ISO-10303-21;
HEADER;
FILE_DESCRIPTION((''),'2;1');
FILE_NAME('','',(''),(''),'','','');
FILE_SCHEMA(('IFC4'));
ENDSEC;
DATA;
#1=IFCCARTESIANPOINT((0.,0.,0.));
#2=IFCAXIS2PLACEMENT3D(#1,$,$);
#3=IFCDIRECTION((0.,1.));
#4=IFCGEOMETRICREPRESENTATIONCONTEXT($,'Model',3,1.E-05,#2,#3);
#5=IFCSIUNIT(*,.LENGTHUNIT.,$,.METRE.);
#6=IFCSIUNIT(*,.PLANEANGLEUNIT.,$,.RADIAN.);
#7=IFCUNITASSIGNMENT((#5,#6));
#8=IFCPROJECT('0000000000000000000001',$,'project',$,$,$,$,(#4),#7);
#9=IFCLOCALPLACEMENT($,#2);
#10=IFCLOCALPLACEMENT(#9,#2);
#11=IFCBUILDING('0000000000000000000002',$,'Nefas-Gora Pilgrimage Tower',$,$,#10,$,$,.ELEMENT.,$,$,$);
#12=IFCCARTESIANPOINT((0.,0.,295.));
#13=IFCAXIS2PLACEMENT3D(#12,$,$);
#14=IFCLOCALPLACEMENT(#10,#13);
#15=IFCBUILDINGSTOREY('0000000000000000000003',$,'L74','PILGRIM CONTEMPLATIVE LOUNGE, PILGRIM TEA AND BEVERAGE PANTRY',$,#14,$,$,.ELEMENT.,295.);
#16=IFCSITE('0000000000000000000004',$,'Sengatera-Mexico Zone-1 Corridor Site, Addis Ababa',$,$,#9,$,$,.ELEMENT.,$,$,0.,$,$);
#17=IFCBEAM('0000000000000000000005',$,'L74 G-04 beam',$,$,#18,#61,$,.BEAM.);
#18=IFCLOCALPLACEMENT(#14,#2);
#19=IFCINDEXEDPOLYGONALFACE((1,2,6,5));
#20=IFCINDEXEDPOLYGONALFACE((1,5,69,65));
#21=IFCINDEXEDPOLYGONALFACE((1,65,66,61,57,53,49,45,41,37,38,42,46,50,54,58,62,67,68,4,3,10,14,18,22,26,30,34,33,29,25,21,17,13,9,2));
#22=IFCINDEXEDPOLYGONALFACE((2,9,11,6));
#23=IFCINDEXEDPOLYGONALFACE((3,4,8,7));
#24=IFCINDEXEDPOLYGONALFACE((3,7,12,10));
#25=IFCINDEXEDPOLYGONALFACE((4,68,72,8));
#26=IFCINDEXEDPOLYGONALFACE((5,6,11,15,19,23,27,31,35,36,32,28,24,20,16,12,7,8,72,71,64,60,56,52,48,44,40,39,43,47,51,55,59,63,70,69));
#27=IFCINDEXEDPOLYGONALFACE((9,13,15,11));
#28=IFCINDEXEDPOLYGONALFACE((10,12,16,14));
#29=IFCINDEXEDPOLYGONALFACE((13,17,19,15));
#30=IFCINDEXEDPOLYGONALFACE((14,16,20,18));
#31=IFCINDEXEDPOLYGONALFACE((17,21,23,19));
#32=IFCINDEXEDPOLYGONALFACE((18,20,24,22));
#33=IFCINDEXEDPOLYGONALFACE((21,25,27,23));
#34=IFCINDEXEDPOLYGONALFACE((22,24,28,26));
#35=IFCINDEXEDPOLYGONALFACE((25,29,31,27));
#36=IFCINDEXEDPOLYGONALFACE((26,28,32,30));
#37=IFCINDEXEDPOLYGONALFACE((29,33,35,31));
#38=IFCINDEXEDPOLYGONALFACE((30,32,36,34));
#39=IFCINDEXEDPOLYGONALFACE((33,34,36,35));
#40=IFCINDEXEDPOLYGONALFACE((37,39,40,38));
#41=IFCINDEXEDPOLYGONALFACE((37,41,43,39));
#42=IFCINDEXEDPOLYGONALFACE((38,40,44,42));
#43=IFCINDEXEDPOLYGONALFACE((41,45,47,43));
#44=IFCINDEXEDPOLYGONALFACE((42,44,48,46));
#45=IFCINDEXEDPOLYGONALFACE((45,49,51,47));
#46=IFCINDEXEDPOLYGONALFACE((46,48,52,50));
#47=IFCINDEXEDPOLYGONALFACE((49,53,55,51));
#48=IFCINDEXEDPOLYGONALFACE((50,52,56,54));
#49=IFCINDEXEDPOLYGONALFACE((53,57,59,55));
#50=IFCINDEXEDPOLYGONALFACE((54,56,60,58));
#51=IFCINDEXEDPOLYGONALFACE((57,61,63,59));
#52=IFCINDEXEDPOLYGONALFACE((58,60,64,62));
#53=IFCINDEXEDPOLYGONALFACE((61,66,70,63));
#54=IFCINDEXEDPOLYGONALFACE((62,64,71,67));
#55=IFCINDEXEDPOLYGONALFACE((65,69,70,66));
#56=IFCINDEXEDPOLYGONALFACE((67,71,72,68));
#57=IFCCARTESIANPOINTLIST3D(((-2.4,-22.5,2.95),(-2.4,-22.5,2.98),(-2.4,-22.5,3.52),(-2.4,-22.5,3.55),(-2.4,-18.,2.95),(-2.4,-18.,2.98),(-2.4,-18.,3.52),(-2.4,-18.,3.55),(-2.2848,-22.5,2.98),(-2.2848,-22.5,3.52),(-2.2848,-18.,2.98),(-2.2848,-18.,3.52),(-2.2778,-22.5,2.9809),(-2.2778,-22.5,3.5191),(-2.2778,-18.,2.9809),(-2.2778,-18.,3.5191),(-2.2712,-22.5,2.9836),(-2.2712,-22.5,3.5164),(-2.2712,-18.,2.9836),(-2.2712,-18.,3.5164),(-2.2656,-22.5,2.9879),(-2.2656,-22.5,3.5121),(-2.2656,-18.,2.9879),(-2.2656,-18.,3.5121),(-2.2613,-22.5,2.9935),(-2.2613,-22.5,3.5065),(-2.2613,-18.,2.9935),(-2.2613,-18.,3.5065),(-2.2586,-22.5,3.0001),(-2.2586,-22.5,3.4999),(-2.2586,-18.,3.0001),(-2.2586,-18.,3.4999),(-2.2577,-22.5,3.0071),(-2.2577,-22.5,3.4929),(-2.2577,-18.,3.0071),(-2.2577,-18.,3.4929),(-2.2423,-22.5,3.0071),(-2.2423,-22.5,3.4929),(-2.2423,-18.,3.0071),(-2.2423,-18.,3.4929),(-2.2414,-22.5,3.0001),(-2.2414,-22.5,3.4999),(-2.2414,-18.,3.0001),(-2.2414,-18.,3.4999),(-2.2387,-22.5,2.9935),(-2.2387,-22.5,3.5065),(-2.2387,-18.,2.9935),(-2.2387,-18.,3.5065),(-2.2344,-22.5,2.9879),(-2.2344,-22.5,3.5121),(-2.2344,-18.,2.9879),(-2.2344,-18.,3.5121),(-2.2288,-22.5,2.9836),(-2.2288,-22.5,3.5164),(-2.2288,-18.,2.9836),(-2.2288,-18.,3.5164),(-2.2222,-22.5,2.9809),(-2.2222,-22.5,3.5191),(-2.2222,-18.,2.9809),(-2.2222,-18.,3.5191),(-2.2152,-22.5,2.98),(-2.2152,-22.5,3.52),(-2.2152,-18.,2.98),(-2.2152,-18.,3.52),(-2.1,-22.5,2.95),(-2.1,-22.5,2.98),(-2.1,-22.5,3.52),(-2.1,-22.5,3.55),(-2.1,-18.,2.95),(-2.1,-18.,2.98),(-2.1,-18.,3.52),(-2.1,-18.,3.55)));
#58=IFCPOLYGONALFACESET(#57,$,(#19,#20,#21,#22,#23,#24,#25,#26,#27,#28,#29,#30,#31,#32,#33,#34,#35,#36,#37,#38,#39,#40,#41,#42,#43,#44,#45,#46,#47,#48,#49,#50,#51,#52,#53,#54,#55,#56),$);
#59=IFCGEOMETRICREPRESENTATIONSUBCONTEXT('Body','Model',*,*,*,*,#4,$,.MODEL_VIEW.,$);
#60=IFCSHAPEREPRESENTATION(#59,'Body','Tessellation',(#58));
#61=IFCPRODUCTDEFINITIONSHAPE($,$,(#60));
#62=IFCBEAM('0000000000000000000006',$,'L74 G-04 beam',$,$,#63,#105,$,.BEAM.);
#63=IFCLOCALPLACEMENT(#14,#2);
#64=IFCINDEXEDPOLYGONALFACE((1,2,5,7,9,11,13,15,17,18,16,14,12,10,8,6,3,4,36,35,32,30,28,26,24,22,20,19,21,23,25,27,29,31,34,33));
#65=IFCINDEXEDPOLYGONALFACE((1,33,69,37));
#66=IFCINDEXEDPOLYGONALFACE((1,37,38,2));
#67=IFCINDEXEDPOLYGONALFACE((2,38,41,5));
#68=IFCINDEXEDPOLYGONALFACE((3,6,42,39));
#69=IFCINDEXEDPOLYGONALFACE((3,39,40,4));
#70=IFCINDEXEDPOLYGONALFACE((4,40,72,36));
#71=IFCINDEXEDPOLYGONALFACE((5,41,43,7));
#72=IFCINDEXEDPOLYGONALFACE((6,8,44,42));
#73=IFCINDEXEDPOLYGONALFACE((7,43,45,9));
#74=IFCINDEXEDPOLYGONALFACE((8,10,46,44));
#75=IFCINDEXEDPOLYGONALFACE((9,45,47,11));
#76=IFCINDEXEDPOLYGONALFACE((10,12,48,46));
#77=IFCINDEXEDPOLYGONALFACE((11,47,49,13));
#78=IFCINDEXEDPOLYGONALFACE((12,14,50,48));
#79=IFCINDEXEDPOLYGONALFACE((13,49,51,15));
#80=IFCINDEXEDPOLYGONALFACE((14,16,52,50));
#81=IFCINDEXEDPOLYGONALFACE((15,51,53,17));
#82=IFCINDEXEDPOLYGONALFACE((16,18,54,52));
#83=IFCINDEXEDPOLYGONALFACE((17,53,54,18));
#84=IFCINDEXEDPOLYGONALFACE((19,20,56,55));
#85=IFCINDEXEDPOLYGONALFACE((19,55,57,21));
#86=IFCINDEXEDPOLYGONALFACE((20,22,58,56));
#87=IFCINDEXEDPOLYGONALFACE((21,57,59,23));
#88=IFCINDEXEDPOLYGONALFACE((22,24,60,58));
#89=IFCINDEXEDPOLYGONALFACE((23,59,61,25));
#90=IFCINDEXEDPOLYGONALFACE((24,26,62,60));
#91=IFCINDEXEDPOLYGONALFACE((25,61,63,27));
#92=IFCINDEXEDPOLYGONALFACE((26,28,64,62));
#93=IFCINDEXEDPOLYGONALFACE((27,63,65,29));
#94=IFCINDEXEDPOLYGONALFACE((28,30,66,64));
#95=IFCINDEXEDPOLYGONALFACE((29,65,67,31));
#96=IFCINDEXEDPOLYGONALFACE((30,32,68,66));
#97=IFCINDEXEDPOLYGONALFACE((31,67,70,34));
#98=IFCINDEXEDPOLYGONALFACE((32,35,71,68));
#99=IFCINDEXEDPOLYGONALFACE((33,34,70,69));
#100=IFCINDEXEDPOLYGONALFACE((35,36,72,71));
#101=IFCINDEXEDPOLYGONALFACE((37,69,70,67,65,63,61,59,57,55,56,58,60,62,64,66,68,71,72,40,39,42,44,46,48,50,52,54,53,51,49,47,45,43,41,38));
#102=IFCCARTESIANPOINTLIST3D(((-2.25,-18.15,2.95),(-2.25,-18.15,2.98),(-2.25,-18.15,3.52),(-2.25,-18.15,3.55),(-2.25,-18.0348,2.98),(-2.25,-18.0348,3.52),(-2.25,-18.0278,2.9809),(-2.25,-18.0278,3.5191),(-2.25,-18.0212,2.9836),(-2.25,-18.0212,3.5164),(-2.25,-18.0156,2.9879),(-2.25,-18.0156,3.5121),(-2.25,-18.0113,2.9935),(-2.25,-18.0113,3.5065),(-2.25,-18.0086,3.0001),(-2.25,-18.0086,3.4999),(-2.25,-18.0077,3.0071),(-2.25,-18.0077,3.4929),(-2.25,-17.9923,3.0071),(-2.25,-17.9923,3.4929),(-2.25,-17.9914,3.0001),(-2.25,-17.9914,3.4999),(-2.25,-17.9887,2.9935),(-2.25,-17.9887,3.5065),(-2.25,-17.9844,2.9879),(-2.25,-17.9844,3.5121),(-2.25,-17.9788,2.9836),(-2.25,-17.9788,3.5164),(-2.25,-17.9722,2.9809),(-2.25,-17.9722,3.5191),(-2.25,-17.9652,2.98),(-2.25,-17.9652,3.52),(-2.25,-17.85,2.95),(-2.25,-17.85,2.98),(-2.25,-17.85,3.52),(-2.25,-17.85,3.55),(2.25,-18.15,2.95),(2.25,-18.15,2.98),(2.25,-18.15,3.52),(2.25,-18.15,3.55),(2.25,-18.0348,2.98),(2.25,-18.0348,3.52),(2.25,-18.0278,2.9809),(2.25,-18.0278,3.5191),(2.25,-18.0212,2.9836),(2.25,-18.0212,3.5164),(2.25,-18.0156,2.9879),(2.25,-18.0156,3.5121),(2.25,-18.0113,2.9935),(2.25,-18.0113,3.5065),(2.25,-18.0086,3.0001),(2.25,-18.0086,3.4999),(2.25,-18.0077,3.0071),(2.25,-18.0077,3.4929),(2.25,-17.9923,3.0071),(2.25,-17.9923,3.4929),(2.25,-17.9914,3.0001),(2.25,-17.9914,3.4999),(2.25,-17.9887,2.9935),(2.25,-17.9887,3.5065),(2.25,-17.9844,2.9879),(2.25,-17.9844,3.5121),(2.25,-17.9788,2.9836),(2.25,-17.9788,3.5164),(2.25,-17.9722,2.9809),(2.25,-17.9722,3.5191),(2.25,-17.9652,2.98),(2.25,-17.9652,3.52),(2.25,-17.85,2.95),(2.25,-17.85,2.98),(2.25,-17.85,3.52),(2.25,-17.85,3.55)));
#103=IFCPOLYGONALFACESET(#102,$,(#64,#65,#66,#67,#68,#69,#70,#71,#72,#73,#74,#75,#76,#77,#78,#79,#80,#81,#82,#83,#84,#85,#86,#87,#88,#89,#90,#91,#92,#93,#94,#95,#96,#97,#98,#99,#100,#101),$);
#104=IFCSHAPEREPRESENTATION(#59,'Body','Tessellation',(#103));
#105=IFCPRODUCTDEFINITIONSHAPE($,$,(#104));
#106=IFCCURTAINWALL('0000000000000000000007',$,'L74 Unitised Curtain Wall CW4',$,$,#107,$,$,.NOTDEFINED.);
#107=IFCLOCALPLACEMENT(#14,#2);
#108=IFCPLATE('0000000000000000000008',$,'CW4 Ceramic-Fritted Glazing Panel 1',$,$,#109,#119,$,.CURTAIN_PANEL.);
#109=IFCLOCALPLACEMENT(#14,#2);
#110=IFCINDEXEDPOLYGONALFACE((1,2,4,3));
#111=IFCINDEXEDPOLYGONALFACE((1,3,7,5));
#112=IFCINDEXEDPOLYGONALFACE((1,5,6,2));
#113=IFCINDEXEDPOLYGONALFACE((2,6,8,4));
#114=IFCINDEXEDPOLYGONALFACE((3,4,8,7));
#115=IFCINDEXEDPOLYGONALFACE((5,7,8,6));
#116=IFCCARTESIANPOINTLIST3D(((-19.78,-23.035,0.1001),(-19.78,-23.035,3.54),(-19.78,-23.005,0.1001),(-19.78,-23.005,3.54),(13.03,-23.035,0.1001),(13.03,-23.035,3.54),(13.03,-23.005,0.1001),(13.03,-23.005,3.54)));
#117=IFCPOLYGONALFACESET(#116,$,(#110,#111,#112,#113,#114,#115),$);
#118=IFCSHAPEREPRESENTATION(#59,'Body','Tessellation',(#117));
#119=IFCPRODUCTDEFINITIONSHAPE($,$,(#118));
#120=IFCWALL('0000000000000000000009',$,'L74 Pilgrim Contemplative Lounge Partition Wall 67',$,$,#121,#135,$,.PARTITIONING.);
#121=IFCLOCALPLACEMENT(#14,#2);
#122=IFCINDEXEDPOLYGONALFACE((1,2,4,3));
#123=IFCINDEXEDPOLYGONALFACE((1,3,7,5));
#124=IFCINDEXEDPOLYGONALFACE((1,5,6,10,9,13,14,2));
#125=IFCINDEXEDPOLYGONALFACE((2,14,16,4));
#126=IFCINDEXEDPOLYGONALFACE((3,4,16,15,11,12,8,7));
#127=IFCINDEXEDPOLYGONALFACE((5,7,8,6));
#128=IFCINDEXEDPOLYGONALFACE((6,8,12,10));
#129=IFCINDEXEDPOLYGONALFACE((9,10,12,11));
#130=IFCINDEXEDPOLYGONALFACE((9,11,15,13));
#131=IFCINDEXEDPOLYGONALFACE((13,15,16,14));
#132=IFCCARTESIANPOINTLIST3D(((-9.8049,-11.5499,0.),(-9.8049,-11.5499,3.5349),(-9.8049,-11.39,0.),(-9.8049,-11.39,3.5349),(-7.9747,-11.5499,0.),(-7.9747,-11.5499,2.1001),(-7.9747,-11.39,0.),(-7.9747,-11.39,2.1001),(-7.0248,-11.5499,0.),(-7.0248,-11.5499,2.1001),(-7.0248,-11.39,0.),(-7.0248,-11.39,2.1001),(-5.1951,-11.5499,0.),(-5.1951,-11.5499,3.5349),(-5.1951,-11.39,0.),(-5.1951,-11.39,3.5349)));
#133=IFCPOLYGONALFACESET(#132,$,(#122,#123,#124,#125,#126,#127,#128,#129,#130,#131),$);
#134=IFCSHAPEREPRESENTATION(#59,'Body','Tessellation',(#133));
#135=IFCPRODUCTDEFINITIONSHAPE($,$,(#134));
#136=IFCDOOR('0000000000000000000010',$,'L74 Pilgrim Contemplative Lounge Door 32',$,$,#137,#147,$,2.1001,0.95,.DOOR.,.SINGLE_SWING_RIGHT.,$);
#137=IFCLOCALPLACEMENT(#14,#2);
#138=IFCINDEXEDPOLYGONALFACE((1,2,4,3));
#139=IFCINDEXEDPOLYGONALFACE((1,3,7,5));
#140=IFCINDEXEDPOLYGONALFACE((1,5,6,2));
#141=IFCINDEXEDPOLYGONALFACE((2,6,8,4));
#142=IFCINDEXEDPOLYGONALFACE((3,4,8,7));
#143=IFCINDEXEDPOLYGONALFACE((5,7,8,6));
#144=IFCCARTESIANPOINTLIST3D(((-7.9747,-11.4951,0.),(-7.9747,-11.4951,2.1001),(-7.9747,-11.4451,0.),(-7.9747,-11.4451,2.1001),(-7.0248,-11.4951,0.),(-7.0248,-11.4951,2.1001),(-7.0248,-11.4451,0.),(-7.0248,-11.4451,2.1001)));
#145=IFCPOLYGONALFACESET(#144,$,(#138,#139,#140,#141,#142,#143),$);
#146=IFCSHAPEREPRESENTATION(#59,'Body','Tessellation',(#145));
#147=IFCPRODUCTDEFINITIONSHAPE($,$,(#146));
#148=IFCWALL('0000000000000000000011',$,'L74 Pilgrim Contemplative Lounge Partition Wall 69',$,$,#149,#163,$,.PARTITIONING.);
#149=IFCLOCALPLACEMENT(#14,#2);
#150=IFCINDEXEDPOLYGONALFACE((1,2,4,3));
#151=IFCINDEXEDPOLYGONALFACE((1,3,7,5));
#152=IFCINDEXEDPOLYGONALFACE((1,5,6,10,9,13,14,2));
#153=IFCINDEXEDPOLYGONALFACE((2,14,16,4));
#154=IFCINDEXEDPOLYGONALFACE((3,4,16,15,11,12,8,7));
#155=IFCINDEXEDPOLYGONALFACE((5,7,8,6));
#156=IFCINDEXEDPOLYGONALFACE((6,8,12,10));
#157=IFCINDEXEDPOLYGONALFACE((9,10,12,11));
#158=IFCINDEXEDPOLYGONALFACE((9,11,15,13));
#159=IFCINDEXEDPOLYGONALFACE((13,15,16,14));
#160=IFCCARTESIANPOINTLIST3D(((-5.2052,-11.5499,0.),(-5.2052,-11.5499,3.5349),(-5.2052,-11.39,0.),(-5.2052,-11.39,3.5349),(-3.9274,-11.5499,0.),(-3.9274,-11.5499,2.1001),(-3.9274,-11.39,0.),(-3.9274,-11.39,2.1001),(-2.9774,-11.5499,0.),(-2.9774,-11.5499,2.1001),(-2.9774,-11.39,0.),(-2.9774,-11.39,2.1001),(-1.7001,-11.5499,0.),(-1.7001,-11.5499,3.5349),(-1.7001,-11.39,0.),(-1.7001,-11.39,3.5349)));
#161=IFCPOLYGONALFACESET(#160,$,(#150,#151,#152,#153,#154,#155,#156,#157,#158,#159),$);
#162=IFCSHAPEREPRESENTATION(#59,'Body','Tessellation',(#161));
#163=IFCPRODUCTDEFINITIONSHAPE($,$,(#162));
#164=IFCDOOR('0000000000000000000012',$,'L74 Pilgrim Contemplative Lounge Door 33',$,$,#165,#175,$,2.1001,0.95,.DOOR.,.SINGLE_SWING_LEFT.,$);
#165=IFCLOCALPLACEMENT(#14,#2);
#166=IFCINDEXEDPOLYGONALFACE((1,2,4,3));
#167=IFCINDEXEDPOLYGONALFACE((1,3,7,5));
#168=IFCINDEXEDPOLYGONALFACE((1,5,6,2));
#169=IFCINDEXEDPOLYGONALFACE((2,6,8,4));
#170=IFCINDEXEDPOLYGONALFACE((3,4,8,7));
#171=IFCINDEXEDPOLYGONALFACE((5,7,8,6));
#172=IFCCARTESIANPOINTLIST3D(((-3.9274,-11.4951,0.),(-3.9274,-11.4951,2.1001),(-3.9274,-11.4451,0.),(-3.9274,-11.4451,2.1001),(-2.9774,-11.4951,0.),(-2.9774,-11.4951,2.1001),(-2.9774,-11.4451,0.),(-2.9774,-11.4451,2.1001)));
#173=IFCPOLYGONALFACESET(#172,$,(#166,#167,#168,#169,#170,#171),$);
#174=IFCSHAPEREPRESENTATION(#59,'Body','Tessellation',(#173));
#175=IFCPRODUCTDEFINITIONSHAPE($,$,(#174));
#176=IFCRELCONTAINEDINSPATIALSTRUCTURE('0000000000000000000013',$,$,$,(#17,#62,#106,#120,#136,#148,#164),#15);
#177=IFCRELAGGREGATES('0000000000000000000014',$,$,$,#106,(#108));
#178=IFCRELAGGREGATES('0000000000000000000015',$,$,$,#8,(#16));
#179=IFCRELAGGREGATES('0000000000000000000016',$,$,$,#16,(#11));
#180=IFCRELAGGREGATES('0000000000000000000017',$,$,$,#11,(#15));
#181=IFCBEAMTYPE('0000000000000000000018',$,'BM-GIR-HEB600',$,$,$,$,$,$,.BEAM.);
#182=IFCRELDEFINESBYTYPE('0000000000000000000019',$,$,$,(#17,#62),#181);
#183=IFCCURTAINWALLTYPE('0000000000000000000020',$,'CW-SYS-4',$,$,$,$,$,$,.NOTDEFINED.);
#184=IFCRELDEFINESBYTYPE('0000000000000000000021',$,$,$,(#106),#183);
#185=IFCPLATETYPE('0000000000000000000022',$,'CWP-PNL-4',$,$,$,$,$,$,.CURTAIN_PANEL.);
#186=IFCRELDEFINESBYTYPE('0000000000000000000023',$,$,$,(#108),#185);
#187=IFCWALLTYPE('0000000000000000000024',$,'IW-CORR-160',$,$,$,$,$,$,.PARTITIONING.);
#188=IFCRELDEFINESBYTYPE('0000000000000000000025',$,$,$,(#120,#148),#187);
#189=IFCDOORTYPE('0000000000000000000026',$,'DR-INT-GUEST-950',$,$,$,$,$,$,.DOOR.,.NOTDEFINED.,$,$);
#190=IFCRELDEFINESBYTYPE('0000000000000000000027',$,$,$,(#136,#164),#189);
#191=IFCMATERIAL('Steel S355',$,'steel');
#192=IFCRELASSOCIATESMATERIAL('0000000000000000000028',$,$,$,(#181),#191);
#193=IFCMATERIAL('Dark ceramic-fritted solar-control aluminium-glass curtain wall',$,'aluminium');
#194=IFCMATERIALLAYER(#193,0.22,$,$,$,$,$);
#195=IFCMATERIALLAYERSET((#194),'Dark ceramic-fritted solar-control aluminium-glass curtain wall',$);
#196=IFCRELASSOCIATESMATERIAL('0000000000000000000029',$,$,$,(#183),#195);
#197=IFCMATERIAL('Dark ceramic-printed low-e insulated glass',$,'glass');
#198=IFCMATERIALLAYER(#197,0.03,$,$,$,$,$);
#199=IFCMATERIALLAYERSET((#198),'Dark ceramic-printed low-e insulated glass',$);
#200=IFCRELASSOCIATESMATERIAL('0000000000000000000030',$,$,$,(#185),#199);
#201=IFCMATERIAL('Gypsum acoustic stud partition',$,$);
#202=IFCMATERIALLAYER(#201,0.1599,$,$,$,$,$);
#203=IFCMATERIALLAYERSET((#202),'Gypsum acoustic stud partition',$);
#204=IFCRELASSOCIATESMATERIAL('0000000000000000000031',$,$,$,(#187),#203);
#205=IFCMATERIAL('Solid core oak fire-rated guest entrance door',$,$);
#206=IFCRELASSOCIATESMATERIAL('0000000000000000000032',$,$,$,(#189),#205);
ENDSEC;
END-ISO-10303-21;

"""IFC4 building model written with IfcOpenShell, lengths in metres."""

from ifc_helpers import new_model, si_unit, direction, frame, frame_2d, origin, origin_2d, place, context, subcontext, project, spatial, rectangle, i_section, extrude, source, transform, mapped, material, layer, layer_set, material_profile, profile_set, type_object, element, fill, aggregate, save


model = new_model("IFC4")

# Units and contexts
model_context = context("Model", 3, precision=1e-05, world=origin(), true_north=direction((0.0, 1.0)))
body_context = subcontext(model_context, "Body", "Model", "MODEL_VIEW")
ifc_project = project(units=[si_unit("LENGTHUNIT", "METRE"), si_unit("PLANEANGLEUNIT", "RADIAN")], contexts=[model_context])

# Site, building, storey
site_placement = place(None, origin())
site = spatial("IfcSite", under=ifc_project, at=site_placement, Name="Sengatera-Mexico Zone-1 Corridor Site, Addis Ababa", CompositionType="ELEMENT", RefElevation=0.0)
building_placement = place(site_placement, origin())
building = spatial("IfcBuilding", under=site, at=building_placement, Name="Nefas-Gora Pilgrimage Tower", CompositionType="ELEMENT")
storey_placement = place(building_placement, frame((0.0, 0.0, 295.0)))
storey = spatial("IfcBuildingStorey", under=building, at=storey_placement, Name="L74", Description="PILGRIM CONTEMPLATIVE LOUNGE, PILGRIM TEA AND BEVERAGE PANTRY", CompositionType="ELEMENT", Elevation=295.0)

# Shared definitions
ifc_material_1 = material(Name="Steel S355", Category="steel")

# Beams
ifc_material_profile_1 = material_profile(ifc_material_1, i_section(OverallWidth=0.3, OverallDepth=0.6001, WebThickness=0.0154, FlangeThickness=0.03, FilletRadius=0.0271, at=origin_2d()), Name="HEB 600")
ifc_profile_set_1 = profile_set([ifc_material_profile_1], Name="Steel S355")
beam_type_1 = type_object("IfcBeamType", Name="BM-GIR-HEB600", PredefinedType="BEAM", material=ifc_profile_set_1)
shared_shape_1 = source(origin(), body_context, "Body", "SweptSolid", [
    extrude(i_section(OverallWidth=0.3, OverallDepth=0.6001, WebThickness=0.0154, FlangeThickness=0.03, FilletRadius=0.0271, at=origin_2d()), origin(), (0.0, 0.0, 1.0), 4.5),
])
for number, where, z_axis, x_axis, name in (
    (1, (-2.25, -22.5, 3.25), (0.0, 1.0, 0.0), (-1.0, 0.0, 0.0), "L74 G-04 beam"),
    (2, (-2.25, -18.0, 3.25), (1.0, 0.0, 0.0), (0.0, 1.0, 0.0), "L74 G-04 beam"),
):
    element("IfcBeam", number, at=place(storey_placement, frame(where, z_axis=z_axis, x_axis=x_axis)), inside=storey, type_object=beam_type_1, Name=name, PredefinedType="BEAM", context=body_context, shape_type="MappedRepresentation", body=[
        mapped(shared_shape_1, transform((0.0, 0.0, 0.0), x_axis=(1.0, 0.0, 0.0), y_axis=(0.0, 1.0, 0.0), z_axis=(0.0, 0.0, 1.0), scale=1.0)),
    ])

# Curtain wall, plate
ifc_material_2 = material(Name="Dark ceramic-fritted solar-control aluminium-glass curtain wall", Category="aluminium")
ifc_layer_1 = layer(ifc_material_2, 0.22)
ifc_layer_set_1 = layer_set([ifc_layer_1], Name="Dark ceramic-fritted solar-control aluminium-glass curtain wall")
curtain_wall_type = type_object("IfcCurtainWallType", Name="CW-SYS-4", PredefinedType="NOTDEFINED", material=ifc_layer_set_1)
curtain_wall_placement = place(storey_placement, origin())
curtain_wall = element("IfcCurtainWall", 3, at=curtain_wall_placement, inside=storey, type_object=curtain_wall_type, Name="L74 Unitised Curtain Wall CW4", PredefinedType="NOTDEFINED")
ifc_material_3 = material(Name="Dark ceramic-printed low-e insulated glass", Category="glass")
ifc_layer_2 = layer(ifc_material_3, 0.03)
ifc_layer_set_2 = layer_set([ifc_layer_2], Name="Dark ceramic-printed low-e insulated glass")
plate_type = type_object("IfcPlateType", Name="CWP-PNL-4", PredefinedType="CURTAIN_PANEL", material=ifc_layer_set_2)
shared_shape_2 = source(origin(), body_context, "Body", "SweptSolid", [
    extrude(rectangle(XDim=32.8101, YDim=0.03, at=origin_2d()), origin(), (0.0, 0.0, 1.0), 3.4399),
])
plate_placement = place(storey_placement, frame((-3.375, -23.02, 0.1001), z_axis=(0.0, 0.0, 1.0), x_axis=(1.0, 0.0, 0.0)))
plate = element("IfcPlate", 4, at=plate_placement, type_object=plate_type, Name="CW4 Ceramic-Fritted Glazing Panel 1", PredefinedType="CURTAIN_PANEL", context=body_context, shape_type="MappedRepresentation", body=[
    mapped(shared_shape_2, transform((0.0, 0.0, 0.0), x_axis=(1.0, 0.0, 0.0), y_axis=(0.0, 1.0, 0.0), z_axis=(0.0, 0.0, 1.0), scale=1.0)),
])
aggregate(curtain_wall, [plate])

# Walls, openings, doors
ifc_material_4 = material(Name="Gypsum acoustic stud partition")
ifc_layer_3 = layer(ifc_material_4, 0.1599)
ifc_layer_set_3 = layer_set([ifc_layer_3], Name="Gypsum acoustic stud partition")
wall_type_1 = type_object("IfcWallType", Name="IW-CORR-160", PredefinedType="PARTITIONING", material=ifc_layer_set_3)
shared_shape_3 = source(origin(), body_context, "Body", "SweptSolid", [
    extrude(rectangle(XDim=4.6099, YDim=0.1599, at=frame_2d((2.3049, 0.0))), origin(), (0.0, 0.0, 1.0), 3.5349),
])
wall_1_placement = place(storey_placement, frame((-9.8049, -11.47, 0.0), z_axis=(0.0, 0.0, 1.0), x_axis=(1.0, 0.0, 0.0)))
wall_1 = element("IfcWall", 5, at=wall_1_placement, inside=storey, type_object=wall_type_1, Name="L74 Pilgrim Contemplative Lounge Partition Wall 67", PredefinedType="PARTITIONING", context=body_context, shape_type="MappedRepresentation", body=[
    mapped(shared_shape_3, transform((0.0, 0.0, 0.0), x_axis=(1.0, 0.0, 0.0), y_axis=(0.0, 1.0, 0.0), z_axis=(0.0, 0.0, 1.0), scale=1.0)),
])
opening_1_placement = place(wall_1_placement, frame((1.8301, 0.0, 0.0)))
opening_1 = element("IfcOpeningElement", 6, at=opening_1_placement, cuts=wall_1, PredefinedType="OPENING", context=body_context, shape_type="SweptSolid", body=[
    extrude(rectangle(XDim=0.95, YDim=2.1001, at=frame_2d((0.4751, 1.05))), frame((0.0, 0.0898, 0.0), z_axis=(0.0, -1.0, 0.0), x_axis=(1.0, 0.0, 0.0)), (0.0, 0.0, 1.0), 0.1799),
])
ifc_material_5 = material(Name="Solid core oak fire-rated guest entrance door")
door_type_1 = type_object("IfcDoorType", Name="DR-INT-GUEST-950", OperationType="NOTDEFINED", PredefinedType="DOOR", material=ifc_material_5)
shared_shape_4 = source(origin(), body_context, "Body", "SweptSolid", [
    extrude(rectangle(XDim=0.95, YDim=2.1001, at=frame_2d((0.4751, 1.05))), frame((0.0, 0.0249, 0.0), z_axis=(0.0, -1.0, 0.0), x_axis=(1.0, 0.0, 0.0)), (0.0, 0.0, 1.0), 0.05),
])
door_1_placement = place(opening_1_placement, origin())
door_1 = element("IfcDoor", 7, at=door_1_placement, inside=storey, type_object=door_type_1, Name="L74 Pilgrim Contemplative Lounge Door 32", OperationType="SINGLE_SWING_RIGHT", OverallHeight=2.1001, OverallWidth=0.95, PredefinedType="DOOR", context=body_context, shape_type="MappedRepresentation", body=[
    mapped(shared_shape_4, transform((0.0, 0.0, 0.0), x_axis=(1.0, 0.0, 0.0), y_axis=(0.0, 1.0, 0.0), z_axis=(0.0, 0.0, 1.0), scale=1.0)),
])
fill(opening_1, door_1)
shared_shape_5 = source(origin(), body_context, "Body", "SweptSolid", [
    extrude(rectangle(XDim=3.5051, YDim=0.1599, at=frame_2d((1.7524, 0.0))), origin(), (0.0, 0.0, 1.0), 3.5349),
])
wall_2_placement = place(storey_placement, frame((-5.2051, -11.47, 0.0), z_axis=(0.0, 0.0, 1.0), x_axis=(1.0, 0.0, 0.0)))
wall_2 = element("IfcWall", 8, at=wall_2_placement, inside=storey, type_object=wall_type_1, Name="L74 Pilgrim Contemplative Lounge Partition Wall 69", PredefinedType="PARTITIONING", context=body_context, shape_type="MappedRepresentation", body=[
    mapped(shared_shape_5, transform((0.0, 0.0, 0.0), x_axis=(1.0, 0.0, 0.0), y_axis=(0.0, 1.0, 0.0), z_axis=(0.0, 0.0, 1.0), scale=1.0)),
])
opening_2_placement = place(wall_2_placement, frame((1.2776, 0.0, 0.0)))
opening_2 = element("IfcOpeningElement", 9, at=opening_2_placement, cuts=wall_2, PredefinedType="OPENING", context=body_context, shape_type="SweptSolid", body=[
    extrude(rectangle(XDim=0.95, YDim=2.1001, at=frame_2d((0.4751, 1.05))), frame((0.0, 0.0898, 0.0), z_axis=(0.0, -1.0, 0.0), x_axis=(1.0, 0.0, 0.0)), (0.0, 0.0, 1.0), 0.1799),
])
door_2_placement = place(opening_2_placement, origin())
door_2 = element("IfcDoor", 10, at=door_2_placement, inside=storey, type_object=door_type_1, Name="L74 Pilgrim Contemplative Lounge Door 33", OperationType="SINGLE_SWING_LEFT", OverallHeight=2.1001, OverallWidth=0.95, PredefinedType="DOOR", context=body_context, shape_type="MappedRepresentation", body=[
    mapped(shared_shape_4, transform((0.0, 0.0, 0.0), x_axis=(1.0, 0.0, 0.0), y_axis=(0.0, 1.0, 0.0), z_axis=(0.0, 0.0, 1.0), scale=1.0)),
])
fill(opening_2, door_2)

save(model, "model.ifc")
